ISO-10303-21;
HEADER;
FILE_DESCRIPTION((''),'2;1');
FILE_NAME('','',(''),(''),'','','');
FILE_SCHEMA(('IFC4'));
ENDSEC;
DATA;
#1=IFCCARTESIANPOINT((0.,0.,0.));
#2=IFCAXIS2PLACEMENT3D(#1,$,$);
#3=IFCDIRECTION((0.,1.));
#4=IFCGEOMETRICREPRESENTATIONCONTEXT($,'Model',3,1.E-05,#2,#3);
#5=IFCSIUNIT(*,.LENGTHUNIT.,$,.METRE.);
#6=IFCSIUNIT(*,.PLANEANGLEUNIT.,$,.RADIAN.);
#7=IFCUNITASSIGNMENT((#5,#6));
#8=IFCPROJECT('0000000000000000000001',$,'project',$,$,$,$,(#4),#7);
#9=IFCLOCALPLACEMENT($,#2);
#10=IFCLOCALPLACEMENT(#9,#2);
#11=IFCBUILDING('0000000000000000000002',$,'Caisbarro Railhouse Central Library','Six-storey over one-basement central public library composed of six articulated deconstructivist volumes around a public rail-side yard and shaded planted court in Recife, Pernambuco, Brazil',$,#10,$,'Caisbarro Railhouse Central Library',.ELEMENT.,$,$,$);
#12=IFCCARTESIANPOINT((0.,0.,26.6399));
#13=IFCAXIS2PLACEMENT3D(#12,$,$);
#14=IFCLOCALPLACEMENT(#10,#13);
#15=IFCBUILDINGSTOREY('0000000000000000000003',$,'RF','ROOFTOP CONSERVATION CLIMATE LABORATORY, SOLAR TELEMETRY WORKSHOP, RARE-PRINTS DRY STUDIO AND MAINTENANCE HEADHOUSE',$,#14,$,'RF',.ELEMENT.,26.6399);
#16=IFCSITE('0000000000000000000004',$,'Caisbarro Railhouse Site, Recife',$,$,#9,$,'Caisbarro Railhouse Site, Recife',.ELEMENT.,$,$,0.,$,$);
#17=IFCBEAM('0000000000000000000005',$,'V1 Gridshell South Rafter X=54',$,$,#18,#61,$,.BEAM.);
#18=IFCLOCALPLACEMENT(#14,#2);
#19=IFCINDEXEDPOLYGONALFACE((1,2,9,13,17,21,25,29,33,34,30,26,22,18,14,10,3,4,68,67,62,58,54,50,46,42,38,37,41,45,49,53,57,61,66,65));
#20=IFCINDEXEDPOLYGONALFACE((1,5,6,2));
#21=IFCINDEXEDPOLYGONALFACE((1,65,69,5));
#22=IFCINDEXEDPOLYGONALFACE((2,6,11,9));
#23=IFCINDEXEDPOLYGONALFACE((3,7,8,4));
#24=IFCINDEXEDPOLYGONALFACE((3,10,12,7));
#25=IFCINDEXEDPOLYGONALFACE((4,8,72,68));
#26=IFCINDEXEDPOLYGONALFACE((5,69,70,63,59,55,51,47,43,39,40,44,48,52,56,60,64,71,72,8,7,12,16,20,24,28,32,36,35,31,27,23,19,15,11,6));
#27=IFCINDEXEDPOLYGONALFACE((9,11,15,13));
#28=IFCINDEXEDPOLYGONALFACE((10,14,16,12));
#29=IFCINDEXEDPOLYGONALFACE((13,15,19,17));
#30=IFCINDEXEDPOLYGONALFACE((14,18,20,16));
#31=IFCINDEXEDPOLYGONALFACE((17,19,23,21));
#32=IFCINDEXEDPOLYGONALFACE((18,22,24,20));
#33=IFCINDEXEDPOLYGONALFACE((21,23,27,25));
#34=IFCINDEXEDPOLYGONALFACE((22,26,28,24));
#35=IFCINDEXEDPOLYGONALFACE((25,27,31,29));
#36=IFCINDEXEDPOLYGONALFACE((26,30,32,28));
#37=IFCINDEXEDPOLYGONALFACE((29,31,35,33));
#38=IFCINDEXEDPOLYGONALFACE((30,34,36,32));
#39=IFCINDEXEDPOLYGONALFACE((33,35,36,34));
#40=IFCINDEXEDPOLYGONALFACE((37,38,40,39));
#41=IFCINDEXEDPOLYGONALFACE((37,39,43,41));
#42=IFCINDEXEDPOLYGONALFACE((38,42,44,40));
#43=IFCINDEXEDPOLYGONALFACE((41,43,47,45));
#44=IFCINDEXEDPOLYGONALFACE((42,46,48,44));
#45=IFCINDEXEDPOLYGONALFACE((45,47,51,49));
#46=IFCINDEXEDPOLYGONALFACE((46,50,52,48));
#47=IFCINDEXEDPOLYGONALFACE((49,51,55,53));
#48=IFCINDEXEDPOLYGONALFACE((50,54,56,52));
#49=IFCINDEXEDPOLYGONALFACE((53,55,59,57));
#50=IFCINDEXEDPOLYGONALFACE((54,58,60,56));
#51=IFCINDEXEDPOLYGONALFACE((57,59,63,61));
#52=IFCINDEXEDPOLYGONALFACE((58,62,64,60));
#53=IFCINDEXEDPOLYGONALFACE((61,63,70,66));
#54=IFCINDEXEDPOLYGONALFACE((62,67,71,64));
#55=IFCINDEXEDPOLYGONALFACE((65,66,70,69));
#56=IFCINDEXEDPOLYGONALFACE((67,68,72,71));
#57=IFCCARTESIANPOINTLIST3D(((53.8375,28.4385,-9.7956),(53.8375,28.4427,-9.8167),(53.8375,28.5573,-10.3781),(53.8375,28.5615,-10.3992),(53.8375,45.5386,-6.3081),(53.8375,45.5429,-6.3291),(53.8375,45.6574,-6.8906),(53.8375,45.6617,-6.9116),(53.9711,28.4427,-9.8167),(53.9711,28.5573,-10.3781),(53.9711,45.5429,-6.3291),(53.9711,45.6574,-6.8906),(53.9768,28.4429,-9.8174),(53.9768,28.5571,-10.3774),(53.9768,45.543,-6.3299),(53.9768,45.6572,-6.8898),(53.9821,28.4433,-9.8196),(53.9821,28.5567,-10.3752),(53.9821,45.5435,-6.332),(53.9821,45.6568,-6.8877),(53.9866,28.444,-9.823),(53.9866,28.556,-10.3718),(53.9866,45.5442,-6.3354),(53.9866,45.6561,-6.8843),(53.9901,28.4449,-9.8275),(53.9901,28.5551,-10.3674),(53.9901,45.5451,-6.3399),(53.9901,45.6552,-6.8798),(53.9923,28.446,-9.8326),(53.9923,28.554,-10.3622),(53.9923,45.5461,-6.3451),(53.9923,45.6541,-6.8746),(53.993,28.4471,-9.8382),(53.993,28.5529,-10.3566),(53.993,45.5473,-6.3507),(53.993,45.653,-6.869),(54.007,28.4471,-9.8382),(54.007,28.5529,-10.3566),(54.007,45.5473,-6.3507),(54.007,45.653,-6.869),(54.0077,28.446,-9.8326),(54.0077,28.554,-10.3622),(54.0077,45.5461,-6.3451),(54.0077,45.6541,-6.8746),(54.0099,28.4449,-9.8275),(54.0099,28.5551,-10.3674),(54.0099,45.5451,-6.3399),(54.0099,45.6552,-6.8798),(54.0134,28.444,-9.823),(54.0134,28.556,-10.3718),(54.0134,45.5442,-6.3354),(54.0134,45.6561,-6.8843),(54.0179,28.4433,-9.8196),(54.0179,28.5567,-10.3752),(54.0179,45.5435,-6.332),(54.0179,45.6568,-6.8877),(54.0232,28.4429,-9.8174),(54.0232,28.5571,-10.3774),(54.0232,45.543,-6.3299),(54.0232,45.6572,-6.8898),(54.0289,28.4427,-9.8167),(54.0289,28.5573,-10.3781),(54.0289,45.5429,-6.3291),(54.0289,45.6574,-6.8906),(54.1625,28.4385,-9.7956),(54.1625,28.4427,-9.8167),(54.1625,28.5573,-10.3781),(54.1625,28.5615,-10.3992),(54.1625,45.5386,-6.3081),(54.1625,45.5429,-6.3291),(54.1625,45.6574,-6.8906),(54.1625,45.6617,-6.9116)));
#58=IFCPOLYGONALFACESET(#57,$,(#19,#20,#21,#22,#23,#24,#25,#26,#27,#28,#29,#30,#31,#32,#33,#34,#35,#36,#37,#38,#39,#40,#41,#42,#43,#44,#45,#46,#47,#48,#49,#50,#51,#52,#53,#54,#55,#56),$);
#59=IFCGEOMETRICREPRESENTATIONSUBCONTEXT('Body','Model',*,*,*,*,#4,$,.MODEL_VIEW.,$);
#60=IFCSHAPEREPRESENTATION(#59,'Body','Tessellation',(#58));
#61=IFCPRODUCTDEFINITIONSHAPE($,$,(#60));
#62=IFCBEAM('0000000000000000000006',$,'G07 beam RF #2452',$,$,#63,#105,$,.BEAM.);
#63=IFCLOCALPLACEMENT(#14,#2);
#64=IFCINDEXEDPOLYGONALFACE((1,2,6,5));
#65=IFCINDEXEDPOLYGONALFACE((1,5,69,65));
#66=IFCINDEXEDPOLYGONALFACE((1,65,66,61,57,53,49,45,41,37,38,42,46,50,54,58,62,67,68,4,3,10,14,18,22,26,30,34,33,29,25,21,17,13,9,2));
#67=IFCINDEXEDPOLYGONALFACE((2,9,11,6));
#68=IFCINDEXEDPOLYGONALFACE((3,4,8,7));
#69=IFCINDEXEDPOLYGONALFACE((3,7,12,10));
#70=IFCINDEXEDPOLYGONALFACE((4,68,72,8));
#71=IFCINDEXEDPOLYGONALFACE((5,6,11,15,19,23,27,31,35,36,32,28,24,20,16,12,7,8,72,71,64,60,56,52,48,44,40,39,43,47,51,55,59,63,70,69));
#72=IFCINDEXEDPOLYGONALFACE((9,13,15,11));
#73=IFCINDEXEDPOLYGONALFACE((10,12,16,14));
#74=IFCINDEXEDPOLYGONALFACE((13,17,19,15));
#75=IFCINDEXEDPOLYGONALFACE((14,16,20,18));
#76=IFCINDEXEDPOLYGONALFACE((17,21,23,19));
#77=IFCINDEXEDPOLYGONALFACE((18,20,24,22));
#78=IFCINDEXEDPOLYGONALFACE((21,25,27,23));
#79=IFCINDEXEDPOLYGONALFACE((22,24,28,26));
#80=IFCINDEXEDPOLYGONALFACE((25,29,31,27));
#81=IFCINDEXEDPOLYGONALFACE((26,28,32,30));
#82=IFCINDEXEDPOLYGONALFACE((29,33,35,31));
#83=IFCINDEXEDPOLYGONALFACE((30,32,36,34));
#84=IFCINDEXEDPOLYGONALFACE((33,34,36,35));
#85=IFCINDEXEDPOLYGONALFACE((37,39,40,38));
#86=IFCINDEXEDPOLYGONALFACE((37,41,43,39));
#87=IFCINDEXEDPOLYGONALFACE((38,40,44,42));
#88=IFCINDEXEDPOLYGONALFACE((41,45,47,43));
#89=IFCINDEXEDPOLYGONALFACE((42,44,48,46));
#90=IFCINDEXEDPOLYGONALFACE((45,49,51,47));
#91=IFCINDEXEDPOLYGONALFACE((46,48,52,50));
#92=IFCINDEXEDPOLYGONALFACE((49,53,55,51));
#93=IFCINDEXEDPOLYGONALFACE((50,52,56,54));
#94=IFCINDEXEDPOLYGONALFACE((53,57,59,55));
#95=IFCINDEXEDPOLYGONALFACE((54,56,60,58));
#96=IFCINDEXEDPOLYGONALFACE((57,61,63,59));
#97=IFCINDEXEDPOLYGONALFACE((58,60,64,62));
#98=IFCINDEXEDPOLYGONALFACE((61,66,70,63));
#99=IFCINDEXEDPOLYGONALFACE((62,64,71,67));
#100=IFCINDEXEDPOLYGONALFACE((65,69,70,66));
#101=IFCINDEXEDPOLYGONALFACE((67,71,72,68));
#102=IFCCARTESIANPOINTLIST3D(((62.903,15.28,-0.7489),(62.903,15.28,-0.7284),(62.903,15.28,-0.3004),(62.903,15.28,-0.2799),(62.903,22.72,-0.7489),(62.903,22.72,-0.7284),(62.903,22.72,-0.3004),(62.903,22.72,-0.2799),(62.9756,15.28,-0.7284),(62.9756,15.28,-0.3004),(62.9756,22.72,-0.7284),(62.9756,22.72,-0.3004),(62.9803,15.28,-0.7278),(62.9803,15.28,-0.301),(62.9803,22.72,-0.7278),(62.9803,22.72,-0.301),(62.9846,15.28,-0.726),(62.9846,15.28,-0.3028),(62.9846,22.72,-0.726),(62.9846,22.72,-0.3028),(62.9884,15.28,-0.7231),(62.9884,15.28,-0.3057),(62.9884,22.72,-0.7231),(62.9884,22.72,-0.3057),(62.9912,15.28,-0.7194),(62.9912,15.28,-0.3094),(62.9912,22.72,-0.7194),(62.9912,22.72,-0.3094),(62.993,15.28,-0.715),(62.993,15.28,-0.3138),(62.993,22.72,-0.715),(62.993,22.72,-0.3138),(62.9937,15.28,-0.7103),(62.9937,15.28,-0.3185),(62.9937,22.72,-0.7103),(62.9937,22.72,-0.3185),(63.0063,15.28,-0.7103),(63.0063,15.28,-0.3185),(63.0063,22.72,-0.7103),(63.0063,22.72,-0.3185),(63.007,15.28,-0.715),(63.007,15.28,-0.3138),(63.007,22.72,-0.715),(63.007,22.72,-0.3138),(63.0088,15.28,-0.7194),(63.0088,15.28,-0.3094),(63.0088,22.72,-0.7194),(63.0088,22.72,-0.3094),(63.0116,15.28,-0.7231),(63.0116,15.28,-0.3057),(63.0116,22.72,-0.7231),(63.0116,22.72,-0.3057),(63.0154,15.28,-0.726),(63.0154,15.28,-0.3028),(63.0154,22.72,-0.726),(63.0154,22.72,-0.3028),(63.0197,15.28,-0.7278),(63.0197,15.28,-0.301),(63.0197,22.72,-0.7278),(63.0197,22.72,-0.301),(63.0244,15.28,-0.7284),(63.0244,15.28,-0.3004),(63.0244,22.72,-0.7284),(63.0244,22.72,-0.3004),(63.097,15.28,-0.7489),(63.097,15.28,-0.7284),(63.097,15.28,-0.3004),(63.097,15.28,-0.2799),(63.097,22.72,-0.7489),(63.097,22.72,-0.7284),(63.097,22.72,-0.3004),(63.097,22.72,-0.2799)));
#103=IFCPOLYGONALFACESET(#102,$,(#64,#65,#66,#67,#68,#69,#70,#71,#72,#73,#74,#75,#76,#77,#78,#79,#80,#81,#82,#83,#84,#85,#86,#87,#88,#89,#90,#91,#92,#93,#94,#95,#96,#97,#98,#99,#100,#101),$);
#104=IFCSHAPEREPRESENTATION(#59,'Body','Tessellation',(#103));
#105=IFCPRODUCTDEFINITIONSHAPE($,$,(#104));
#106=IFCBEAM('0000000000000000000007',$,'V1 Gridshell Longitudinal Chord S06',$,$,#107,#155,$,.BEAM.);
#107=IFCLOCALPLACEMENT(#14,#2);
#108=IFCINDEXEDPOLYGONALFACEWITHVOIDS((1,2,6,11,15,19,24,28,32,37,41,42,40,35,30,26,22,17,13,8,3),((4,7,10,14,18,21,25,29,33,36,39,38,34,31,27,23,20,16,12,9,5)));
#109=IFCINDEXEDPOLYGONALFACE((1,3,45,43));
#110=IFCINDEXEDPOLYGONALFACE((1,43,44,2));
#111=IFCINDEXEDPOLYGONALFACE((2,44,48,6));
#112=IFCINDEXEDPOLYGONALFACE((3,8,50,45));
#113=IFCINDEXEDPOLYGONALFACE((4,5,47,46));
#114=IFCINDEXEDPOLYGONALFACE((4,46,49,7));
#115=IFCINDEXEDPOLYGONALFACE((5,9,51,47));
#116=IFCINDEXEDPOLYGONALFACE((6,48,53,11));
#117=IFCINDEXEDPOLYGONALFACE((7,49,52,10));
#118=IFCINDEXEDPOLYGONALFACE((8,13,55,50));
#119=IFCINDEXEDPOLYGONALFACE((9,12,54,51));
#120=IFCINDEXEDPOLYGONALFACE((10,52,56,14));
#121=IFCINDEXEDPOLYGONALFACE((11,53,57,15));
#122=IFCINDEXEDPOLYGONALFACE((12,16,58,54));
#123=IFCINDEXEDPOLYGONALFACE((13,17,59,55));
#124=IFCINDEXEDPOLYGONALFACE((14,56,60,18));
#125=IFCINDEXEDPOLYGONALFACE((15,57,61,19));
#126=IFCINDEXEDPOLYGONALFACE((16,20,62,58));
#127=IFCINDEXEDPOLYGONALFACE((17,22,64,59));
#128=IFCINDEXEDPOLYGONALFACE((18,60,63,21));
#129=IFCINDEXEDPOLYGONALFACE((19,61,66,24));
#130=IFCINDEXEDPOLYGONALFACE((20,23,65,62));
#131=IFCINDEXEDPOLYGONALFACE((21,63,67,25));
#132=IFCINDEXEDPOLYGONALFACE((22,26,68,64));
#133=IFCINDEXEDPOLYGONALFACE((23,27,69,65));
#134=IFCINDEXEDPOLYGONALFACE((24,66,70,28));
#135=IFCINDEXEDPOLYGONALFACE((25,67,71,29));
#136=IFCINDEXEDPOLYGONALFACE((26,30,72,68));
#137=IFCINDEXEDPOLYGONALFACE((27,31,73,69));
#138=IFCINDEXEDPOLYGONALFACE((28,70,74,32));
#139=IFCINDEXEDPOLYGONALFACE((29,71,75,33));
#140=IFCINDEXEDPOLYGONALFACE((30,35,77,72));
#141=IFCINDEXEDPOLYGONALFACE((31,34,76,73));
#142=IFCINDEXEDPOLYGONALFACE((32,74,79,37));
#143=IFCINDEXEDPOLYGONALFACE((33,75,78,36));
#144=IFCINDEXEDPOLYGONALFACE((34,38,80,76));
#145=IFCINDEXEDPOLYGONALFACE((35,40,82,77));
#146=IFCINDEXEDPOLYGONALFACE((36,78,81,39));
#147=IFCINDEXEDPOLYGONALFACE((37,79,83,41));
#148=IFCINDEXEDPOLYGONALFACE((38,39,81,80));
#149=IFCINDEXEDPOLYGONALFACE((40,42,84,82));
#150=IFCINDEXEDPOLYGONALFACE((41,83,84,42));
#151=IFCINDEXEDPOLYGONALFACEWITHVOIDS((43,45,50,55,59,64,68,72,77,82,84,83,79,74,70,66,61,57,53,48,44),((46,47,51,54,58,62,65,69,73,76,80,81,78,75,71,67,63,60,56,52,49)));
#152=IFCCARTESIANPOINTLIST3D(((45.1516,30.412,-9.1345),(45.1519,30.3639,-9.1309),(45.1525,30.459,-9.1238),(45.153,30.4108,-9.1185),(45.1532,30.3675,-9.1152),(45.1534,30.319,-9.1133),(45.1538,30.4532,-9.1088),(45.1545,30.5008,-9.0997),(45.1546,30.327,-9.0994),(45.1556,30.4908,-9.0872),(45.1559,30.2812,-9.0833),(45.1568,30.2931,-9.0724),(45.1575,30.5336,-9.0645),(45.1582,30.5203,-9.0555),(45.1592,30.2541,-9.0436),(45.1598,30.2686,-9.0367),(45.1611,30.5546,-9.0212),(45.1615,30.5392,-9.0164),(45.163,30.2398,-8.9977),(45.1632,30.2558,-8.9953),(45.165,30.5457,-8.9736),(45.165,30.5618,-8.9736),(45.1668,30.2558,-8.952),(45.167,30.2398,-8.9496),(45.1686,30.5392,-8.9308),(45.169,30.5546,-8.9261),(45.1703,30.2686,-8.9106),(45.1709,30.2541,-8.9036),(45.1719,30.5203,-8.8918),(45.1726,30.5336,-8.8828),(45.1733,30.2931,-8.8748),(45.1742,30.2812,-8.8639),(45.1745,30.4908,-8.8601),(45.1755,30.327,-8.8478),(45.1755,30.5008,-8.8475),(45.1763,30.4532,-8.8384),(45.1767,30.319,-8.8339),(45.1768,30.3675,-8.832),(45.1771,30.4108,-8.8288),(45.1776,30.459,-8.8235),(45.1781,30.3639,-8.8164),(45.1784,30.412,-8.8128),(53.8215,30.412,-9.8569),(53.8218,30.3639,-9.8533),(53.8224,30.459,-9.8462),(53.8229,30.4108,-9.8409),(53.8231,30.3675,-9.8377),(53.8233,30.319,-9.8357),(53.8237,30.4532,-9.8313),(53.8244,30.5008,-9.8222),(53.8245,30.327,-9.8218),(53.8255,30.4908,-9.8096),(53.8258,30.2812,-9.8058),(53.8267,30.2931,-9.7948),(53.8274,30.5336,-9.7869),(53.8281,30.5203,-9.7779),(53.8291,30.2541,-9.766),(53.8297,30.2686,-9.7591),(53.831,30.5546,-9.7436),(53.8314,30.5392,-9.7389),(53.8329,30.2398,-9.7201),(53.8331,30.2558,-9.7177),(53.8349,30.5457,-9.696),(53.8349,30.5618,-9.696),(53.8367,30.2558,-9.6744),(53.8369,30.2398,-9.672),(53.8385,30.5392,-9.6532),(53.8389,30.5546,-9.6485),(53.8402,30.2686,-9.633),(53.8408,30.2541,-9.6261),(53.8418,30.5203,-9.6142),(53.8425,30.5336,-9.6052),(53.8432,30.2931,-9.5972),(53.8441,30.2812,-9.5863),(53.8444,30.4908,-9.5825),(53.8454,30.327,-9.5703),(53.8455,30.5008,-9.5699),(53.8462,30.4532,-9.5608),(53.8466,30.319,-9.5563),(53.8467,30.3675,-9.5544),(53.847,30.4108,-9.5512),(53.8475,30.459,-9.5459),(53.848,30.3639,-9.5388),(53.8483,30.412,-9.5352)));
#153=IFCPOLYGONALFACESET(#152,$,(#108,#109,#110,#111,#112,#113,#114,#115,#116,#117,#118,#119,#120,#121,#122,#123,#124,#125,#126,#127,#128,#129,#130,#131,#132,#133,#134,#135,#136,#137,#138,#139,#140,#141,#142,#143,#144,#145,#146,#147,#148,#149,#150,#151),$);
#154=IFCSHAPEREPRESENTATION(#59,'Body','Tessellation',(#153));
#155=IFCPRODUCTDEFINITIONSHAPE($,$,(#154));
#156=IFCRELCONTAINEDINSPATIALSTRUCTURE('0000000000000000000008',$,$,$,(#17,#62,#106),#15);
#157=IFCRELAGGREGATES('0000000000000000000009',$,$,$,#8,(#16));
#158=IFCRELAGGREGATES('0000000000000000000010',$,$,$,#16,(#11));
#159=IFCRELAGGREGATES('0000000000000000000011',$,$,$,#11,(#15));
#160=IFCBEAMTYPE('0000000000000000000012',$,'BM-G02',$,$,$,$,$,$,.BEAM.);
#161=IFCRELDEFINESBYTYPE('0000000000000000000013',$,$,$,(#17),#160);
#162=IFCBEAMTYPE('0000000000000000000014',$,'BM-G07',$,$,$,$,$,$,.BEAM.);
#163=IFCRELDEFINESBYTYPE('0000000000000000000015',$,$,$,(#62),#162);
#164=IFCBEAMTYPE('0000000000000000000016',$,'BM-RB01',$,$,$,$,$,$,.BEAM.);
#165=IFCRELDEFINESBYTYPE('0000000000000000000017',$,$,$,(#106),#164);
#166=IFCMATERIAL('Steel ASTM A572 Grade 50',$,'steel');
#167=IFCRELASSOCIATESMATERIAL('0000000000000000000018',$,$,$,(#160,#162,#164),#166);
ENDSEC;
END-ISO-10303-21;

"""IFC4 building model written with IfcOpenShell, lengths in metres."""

from ifc_helpers import new_model, si_unit, direction, frame, origin, origin_2d, place, context, subcontext, project, spatial, hollow_circle, i_section, extrude, material, material_profile, profile_set, type_object, element, save


model = new_model("IFC4")

# Units and contexts
model_context = context("Model", 3, precision=1e-05, world=origin(), true_north=direction((0.0, 1.0)))
body_context = subcontext(model_context, "Body", "Model", "MODEL_VIEW")
ifc_project = project(units=[si_unit("LENGTHUNIT", "METRE"), si_unit("PLANEANGLEUNIT", "RADIAN")], contexts=[model_context])

# Site, building, storey
site_placement = place(None, origin())
site = spatial("IfcSite", under=ifc_project, at=site_placement, Name="Caisbarro Railhouse Site, Recife", LongName="Caisbarro Railhouse Site, Recife", CompositionType="ELEMENT", RefElevation=0.0)
building_placement = place(site_placement, origin())
building = spatial("IfcBuilding", under=site, at=building_placement, Name="Caisbarro Railhouse Central Library", Description="Six-storey over one-basement central public library composed of six articulated deconstructivist volumes around a public rail-side yard and shaded planted court in Recife, Pernambuco, Brazil", LongName="Caisbarro Railhouse Central Library", CompositionType="ELEMENT")
storey_placement = place(building_placement, frame((0.0, 0.0, 26.6399)))
storey = spatial("IfcBuildingStorey", under=building, at=storey_placement, Name="RF", Description="ROOFTOP CONSERVATION CLIMATE LABORATORY, SOLAR TELEMETRY WORKSHOP, RARE-PRINTS DRY STUDIO AND MAINTENANCE HEADHOUSE", LongName="RF", CompositionType="ELEMENT", Elevation=26.6399)

# Beams
ifc_material_1 = material(Name="Steel ASTM A572 Grade 50", Category="steel")
ifc_material_profile_1 = material_profile(ifc_material_1, i_section(OverallWidth=0.325, OverallDepth=0.616, WebThickness=0.0139, FlangeThickness=0.0215, FilletRadius=0.022, at=origin_2d()), Name="W610X174.0")
ifc_profile_set_1 = profile_set([ifc_material_profile_1], Name="Steel ASTM A572 Grade 50")
beam_type_1 = type_object("IfcBeamType", Name="BM-G02", PredefinedType="BEAM", material=ifc_profile_set_1)
beam_1_placement = place(storey_placement, frame((54.0, 28.5, -10.0974), z_axis=(0.0, 0.97983, 0.199835), x_axis=(-1.0, 0.0, 0.0)))
element("IfcBeam", 1, at=beam_1_placement, inside=storey, type_object=beam_type_1, Name="V1 Gridshell South Rafter X=54", PredefinedType="BEAM", context=body_context, shape_type="SweptSolid", body=[
    extrude(i_section(OverallWidth=0.325, OverallDepth=0.616, WebThickness=0.0139, FlangeThickness=0.0215, FilletRadius=0.022, at=origin_2d()), origin(), (0.0, 0.0, 1.0), 17.4521),
])
ifc_material_profile_2 = material_profile(ifc_material_1, i_section(OverallWidth=0.1941, OverallDepth=0.469, WebThickness=0.0127, FlangeThickness=0.0205, FilletRadius=0.0181, at=origin_2d()), Name="W460X106.0")
ifc_profile_set_2 = profile_set([ifc_material_profile_2], Name="Steel ASTM A572 Grade 50")
beam_type_2 = type_object("IfcBeamType", Name="BM-G07", PredefinedType="BEAM", material=ifc_profile_set_2)
beam_2_placement = place(storey_placement, frame((63.0, 15.28, -0.5144), z_axis=(0.0, 1.0, 0.0), x_axis=(-1.0, 0.0, 0.0)))
element("IfcBeam", 2, at=beam_2_placement, inside=storey, type_object=beam_type_2, Name="G07 beam RF #2452", PredefinedType="BEAM", context=body_context, shape_type="SweptSolid", body=[
    extrude(i_section(OverallWidth=0.1941, OverallDepth=0.469, WebThickness=0.0127, FlangeThickness=0.0205, FilletRadius=0.0181, at=origin_2d()), origin(), (0.0, 0.0, 1.0), 7.4399),
])
ifc_material_profile_3 = material_profile(ifc_material_1, hollow_circle(Radius=0.1619, WallThickness=0.0161, at=origin_2d()), Name="CHS323.9X16.0")
ifc_profile_set_3 = profile_set([ifc_material_profile_3], Name="Steel ASTM A572 Grade 50")
beam_type_3 = type_object("IfcBeamType", Name="BM-RB01", PredefinedType="BEAM", material=ifc_profile_set_3)
beam_3_placement = place(storey_placement, frame((45.165, 30.3999, -8.9736), z_axis=(0.996547, 0.0, -0.083036), x_axis=(0.0, 1.0, 0.0)))
element("IfcBeam", 3, at=beam_3_placement, inside=storey, type_object=beam_type_3, Name="V1 Gridshell Longitudinal Chord S06", PredefinedType="BEAM", context=body_context, shape_type="SweptSolid", body=[
    extrude(hollow_circle(Radius=0.1619, WallThickness=0.0161, at=origin_2d()), origin(), (0.0, 0.0, 1.0), 8.7),
])

save(model, "model.ifc")
